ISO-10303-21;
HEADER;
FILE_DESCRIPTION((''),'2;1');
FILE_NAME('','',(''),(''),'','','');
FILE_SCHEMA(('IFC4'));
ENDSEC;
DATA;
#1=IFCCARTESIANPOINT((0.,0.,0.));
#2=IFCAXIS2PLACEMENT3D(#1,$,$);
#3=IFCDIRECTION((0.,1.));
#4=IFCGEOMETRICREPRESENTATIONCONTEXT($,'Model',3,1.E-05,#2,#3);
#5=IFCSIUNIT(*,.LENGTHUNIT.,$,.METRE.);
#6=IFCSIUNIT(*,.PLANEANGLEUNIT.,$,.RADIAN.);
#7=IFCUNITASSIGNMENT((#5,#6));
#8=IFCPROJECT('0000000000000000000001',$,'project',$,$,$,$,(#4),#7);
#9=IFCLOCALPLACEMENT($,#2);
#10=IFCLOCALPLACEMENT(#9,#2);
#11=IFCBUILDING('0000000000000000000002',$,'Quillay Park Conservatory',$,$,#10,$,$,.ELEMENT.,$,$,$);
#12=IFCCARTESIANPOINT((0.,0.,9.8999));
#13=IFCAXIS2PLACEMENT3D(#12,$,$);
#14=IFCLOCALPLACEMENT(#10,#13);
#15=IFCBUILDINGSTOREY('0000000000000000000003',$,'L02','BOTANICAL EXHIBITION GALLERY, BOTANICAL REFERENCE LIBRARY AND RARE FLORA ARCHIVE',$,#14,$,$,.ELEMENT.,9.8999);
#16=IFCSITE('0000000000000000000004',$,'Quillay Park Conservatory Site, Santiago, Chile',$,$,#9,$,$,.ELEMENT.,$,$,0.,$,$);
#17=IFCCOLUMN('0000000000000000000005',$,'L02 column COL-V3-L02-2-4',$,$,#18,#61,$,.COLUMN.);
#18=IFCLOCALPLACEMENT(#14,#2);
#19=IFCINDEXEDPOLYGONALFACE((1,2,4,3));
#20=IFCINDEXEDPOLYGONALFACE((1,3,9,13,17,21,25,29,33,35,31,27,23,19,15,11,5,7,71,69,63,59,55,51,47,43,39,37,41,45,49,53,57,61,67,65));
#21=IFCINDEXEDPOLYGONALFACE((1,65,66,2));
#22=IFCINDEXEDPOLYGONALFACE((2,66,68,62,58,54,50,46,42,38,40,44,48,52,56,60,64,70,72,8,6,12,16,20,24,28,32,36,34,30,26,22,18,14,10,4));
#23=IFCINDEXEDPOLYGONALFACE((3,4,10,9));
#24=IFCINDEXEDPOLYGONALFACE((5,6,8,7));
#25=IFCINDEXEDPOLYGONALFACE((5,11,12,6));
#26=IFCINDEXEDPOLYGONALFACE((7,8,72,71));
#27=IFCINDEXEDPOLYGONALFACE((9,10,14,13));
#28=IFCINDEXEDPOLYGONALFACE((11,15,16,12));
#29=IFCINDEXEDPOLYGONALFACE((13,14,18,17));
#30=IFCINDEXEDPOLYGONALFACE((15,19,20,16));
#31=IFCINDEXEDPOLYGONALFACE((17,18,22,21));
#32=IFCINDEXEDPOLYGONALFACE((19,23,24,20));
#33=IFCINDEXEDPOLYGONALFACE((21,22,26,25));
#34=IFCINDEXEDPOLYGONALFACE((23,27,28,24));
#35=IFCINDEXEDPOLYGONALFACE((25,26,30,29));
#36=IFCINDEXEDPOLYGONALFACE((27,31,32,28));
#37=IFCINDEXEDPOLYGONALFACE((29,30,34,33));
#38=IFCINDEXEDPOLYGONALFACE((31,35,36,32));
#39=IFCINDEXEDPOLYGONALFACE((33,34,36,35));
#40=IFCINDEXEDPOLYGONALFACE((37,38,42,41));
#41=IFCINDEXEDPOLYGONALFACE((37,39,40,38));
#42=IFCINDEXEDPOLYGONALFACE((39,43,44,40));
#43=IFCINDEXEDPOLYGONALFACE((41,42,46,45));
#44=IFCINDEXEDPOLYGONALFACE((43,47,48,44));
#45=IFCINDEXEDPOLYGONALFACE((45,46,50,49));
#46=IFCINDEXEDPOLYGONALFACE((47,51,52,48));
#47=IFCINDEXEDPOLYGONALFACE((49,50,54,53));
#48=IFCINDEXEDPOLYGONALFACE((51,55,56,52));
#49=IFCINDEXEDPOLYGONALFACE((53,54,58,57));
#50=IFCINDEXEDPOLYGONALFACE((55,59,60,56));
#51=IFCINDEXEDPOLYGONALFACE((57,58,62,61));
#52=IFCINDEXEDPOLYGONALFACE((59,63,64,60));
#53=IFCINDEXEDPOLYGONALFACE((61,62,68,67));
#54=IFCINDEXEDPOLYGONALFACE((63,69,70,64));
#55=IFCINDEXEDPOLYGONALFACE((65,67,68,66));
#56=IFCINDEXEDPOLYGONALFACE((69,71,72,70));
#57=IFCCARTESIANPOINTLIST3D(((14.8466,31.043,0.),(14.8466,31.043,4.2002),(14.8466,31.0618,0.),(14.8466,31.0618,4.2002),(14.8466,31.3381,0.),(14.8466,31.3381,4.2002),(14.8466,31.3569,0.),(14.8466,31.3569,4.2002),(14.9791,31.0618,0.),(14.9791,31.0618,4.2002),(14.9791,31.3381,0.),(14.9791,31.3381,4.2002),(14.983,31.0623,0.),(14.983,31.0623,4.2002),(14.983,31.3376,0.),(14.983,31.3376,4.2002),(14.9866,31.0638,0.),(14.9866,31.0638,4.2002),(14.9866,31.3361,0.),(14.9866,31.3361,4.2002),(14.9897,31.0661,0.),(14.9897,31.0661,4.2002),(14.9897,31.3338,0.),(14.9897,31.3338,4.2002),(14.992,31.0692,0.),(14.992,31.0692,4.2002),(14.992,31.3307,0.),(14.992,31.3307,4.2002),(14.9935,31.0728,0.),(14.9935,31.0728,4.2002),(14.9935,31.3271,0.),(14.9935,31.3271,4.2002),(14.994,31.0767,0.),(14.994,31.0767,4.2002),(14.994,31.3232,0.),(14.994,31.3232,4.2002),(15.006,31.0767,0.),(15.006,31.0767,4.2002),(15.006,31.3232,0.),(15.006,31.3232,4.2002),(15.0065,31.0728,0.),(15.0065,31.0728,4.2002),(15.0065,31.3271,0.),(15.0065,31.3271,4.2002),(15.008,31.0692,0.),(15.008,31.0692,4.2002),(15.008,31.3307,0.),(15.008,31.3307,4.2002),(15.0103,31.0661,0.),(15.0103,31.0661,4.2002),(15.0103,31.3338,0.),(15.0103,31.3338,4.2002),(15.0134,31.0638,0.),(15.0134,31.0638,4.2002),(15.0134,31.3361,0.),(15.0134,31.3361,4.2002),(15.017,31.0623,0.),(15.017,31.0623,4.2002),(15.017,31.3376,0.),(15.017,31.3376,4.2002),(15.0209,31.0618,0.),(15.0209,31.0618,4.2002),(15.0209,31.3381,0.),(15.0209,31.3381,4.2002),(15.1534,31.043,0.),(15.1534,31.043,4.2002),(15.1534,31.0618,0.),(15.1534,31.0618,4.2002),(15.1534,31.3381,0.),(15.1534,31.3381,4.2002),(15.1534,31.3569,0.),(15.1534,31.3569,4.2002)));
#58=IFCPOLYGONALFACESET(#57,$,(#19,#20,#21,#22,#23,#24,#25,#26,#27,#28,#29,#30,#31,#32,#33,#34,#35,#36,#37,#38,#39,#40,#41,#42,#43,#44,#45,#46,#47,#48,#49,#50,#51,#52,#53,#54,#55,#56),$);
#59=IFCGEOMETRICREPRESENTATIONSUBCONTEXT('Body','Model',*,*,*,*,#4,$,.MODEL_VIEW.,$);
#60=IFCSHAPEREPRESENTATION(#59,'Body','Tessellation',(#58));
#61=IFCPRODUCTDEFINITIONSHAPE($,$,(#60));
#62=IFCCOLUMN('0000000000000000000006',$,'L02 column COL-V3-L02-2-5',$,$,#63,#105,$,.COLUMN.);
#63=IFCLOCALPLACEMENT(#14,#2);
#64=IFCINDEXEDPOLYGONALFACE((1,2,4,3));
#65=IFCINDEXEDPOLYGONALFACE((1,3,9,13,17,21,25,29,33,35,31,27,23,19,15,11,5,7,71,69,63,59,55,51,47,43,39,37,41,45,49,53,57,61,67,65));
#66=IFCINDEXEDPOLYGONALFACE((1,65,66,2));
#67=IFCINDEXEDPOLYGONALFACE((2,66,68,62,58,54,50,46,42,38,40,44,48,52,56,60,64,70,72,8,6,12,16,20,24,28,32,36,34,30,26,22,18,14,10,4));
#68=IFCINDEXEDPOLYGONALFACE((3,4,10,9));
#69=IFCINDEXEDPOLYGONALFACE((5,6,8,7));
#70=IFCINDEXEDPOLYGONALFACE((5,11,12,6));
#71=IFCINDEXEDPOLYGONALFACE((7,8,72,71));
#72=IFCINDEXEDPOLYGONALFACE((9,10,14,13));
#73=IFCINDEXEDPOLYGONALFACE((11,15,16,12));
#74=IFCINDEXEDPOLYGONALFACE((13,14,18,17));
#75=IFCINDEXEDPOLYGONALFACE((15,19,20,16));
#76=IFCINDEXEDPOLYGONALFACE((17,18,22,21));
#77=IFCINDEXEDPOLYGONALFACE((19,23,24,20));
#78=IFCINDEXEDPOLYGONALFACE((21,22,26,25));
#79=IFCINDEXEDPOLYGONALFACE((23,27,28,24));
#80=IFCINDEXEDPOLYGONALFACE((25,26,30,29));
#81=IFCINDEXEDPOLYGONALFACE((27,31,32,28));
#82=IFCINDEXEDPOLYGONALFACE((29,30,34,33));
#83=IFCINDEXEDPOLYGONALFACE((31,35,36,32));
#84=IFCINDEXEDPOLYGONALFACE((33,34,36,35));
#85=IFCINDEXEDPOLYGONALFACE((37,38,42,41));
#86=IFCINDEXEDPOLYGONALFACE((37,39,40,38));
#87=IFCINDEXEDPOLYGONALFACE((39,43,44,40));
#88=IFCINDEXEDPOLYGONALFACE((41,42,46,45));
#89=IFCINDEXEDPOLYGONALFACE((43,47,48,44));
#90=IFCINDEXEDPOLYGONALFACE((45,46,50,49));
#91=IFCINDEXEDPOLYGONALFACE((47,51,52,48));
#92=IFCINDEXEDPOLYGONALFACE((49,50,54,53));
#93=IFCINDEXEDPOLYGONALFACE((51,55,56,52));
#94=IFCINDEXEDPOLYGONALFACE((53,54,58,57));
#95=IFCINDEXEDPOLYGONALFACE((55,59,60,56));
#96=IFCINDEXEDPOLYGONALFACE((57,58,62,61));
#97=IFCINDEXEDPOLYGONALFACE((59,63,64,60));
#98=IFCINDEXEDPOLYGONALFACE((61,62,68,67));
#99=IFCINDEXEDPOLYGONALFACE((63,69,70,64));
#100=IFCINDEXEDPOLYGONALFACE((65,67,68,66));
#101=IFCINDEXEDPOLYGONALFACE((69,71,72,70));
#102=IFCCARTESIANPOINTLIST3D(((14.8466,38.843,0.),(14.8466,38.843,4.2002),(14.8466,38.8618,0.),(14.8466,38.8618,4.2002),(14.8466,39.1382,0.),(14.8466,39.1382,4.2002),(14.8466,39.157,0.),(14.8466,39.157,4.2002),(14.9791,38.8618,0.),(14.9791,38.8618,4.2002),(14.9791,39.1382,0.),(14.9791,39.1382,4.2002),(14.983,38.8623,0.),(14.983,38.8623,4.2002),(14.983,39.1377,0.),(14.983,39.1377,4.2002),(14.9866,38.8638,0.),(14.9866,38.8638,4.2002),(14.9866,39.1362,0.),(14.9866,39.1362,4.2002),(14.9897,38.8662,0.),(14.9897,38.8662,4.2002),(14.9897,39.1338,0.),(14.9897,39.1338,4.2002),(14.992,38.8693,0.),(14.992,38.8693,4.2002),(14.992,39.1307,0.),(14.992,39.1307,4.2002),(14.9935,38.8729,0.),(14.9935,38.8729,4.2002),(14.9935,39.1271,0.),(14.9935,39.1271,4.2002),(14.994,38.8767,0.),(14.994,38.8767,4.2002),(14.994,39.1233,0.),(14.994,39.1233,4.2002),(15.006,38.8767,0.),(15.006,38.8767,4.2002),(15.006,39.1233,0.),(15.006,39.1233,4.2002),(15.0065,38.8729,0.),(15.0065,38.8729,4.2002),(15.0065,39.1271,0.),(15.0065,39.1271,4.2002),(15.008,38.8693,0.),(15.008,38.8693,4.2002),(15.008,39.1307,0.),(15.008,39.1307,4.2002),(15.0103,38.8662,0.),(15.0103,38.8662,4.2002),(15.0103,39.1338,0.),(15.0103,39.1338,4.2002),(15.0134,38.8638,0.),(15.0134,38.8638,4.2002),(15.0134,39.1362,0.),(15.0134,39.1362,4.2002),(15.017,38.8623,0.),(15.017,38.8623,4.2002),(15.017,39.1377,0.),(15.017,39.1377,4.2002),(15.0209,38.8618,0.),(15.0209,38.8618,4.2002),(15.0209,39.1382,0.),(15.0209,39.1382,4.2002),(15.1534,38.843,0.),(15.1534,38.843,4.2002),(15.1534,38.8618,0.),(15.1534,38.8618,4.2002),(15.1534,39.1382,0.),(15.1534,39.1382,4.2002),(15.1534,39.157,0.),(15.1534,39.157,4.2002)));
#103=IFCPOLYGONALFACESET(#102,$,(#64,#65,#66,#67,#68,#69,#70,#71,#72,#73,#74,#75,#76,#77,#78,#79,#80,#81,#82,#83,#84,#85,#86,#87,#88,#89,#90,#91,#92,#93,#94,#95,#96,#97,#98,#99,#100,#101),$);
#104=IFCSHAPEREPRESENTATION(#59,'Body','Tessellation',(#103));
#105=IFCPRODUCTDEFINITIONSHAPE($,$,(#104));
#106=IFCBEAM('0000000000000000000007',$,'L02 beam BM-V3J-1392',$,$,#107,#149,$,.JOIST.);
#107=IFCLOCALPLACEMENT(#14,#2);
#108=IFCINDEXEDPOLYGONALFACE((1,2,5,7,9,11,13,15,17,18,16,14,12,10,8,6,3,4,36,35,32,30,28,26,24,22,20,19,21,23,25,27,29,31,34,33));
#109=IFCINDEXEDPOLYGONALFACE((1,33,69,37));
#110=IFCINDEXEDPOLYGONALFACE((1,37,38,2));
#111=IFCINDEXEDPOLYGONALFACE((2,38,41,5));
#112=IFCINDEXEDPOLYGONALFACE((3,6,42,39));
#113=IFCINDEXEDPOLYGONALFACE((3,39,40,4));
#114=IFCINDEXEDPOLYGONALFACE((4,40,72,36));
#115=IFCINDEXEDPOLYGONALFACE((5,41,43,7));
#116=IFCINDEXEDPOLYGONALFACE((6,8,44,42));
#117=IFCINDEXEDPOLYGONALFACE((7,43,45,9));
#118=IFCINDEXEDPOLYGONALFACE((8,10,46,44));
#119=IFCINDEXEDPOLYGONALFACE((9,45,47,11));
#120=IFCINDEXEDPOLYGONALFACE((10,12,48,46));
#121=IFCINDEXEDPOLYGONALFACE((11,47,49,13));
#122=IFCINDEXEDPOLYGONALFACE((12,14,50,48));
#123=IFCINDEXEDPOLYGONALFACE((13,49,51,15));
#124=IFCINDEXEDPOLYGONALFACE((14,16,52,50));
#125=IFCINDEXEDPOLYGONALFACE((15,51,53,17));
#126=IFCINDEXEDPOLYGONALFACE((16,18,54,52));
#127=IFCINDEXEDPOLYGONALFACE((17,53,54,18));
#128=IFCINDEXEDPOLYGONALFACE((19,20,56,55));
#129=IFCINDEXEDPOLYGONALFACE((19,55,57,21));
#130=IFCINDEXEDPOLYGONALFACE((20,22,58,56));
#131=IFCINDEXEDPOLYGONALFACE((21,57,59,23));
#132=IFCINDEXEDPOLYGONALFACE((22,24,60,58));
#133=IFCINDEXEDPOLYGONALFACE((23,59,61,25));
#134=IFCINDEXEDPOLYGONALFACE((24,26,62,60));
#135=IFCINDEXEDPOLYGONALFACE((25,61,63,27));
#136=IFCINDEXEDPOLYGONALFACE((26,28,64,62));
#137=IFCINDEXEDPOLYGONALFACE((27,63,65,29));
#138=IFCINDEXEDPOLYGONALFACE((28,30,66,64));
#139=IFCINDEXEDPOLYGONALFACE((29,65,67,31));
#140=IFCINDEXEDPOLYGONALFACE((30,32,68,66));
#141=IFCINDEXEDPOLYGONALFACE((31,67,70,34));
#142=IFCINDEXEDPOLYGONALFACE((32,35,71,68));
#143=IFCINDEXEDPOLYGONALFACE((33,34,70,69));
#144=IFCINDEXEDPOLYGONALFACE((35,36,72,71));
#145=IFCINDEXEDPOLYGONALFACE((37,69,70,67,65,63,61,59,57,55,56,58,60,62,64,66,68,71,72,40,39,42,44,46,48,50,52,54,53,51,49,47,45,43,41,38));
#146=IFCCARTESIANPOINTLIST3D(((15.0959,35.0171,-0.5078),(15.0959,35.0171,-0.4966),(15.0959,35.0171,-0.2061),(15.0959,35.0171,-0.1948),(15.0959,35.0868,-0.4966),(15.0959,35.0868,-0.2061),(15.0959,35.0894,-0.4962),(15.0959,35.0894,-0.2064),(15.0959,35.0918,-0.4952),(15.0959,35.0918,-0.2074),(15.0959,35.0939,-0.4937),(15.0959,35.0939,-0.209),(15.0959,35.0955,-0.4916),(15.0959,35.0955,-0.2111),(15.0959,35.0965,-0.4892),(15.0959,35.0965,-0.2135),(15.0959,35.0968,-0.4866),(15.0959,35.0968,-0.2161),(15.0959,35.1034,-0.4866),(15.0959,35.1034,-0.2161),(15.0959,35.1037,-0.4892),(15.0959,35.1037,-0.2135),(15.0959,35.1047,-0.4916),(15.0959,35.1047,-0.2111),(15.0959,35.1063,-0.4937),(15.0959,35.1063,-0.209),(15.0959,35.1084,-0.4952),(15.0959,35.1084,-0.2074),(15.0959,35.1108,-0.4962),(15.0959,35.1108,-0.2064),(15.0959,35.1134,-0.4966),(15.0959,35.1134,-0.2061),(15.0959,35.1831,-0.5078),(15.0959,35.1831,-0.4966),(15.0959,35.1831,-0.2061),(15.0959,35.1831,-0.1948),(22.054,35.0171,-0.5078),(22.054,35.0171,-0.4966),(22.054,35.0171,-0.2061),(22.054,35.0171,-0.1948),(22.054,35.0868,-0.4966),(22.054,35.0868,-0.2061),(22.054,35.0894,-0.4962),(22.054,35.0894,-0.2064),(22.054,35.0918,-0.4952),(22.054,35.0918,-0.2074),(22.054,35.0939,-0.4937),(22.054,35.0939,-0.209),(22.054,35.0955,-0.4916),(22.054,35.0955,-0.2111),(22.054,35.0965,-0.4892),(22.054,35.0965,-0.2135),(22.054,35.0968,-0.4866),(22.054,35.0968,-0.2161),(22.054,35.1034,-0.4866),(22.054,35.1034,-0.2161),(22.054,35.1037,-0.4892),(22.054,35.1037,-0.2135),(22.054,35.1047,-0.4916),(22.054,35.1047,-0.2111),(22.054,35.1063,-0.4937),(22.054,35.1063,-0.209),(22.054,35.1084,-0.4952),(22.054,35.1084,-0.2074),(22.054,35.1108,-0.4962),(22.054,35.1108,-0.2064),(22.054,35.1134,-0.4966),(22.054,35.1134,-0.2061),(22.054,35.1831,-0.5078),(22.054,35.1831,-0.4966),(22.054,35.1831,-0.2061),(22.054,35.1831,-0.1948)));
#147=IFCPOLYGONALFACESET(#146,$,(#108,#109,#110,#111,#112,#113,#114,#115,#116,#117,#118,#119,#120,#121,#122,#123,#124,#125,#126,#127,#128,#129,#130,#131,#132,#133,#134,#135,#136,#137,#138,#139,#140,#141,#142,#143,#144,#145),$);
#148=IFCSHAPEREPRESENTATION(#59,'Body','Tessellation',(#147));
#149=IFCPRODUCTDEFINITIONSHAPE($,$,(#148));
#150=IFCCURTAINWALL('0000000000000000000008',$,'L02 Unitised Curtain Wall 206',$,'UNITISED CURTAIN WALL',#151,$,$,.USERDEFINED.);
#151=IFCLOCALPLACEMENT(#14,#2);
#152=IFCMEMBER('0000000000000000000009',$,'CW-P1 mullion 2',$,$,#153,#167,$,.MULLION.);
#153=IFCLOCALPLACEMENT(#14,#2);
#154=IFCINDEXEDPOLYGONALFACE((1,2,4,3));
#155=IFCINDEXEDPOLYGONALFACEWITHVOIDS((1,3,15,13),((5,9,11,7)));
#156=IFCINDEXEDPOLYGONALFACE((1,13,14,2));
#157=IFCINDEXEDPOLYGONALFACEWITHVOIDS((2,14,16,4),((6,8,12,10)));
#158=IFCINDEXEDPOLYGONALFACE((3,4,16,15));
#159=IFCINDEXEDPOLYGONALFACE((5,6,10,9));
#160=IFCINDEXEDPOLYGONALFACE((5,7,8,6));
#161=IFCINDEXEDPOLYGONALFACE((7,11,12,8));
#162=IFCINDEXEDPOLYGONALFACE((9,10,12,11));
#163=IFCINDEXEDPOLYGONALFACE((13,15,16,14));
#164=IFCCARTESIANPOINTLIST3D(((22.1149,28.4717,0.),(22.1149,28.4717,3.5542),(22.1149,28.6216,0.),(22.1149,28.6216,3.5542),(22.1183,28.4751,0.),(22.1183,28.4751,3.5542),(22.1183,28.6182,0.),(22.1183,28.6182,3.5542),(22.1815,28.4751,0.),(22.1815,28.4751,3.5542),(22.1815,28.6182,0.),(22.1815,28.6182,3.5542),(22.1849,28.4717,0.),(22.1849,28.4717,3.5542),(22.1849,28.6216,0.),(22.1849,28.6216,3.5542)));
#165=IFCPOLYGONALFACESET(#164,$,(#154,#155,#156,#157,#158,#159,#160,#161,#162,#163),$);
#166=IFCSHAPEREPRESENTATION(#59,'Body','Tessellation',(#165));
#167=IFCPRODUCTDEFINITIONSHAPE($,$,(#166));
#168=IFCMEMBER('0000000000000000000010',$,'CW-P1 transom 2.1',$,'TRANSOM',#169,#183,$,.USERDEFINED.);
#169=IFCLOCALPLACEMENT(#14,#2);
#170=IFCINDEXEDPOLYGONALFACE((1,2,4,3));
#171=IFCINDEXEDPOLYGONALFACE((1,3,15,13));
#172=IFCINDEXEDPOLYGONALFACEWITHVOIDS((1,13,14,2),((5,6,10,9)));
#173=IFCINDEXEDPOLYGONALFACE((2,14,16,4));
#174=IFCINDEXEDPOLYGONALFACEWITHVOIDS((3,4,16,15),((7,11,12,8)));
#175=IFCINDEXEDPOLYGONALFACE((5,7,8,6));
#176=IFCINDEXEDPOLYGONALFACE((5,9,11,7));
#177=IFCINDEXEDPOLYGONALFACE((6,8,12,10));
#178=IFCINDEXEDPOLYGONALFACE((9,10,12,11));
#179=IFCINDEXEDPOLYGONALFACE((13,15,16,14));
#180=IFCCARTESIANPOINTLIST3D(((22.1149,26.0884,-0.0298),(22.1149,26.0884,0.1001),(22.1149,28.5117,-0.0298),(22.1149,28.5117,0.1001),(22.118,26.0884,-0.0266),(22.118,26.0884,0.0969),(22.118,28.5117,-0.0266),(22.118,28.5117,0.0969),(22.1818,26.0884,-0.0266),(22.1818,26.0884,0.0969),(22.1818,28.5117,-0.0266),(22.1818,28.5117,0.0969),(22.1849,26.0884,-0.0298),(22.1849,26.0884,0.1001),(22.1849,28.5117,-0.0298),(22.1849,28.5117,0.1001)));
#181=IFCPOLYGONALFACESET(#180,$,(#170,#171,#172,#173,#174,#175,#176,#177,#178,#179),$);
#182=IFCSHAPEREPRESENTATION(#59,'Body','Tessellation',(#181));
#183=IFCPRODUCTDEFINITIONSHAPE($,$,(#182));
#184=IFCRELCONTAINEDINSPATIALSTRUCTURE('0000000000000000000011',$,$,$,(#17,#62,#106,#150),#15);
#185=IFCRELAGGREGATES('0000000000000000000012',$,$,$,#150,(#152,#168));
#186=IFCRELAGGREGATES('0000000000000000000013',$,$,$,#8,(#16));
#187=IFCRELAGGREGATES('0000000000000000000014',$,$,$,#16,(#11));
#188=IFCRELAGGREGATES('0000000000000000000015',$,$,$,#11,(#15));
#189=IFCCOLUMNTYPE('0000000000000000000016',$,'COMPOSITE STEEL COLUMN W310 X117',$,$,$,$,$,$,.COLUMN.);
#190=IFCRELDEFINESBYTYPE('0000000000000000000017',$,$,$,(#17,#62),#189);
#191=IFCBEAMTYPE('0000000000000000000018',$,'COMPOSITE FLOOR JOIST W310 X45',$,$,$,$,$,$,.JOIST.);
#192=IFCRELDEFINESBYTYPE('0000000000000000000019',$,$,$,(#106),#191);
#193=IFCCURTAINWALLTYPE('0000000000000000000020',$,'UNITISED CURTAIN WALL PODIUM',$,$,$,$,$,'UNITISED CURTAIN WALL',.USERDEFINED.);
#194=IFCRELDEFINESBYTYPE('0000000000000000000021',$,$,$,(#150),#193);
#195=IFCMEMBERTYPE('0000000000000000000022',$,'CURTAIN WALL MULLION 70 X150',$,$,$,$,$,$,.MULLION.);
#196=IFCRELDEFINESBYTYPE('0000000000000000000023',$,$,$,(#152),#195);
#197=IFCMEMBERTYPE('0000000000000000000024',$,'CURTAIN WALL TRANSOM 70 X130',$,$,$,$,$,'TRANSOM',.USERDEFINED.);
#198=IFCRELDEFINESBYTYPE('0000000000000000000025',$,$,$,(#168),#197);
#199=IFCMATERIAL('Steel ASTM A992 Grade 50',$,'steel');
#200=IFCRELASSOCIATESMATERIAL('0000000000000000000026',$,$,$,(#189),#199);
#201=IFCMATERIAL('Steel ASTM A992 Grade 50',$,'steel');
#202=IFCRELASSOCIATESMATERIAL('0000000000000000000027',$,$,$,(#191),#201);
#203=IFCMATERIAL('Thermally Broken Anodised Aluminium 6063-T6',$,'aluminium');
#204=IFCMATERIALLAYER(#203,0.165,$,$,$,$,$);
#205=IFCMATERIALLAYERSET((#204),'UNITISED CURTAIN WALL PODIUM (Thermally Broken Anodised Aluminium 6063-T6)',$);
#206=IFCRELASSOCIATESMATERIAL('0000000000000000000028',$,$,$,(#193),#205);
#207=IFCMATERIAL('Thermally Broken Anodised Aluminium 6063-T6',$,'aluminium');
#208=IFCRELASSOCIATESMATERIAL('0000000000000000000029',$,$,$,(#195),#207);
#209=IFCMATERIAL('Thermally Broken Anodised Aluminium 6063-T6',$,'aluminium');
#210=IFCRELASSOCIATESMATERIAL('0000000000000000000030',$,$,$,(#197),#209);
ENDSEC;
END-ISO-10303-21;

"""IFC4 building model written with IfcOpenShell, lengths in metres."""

from ifc_helpers import new_model, si_unit, direction, frame, origin, origin_2d, place, context, subcontext, project, spatial, hollow_rectangle, i_section, extrude, material, layer, layer_set, material_profile, profile_set, type_object, element, aggregate, save


model = new_model("IFC4")

# Units and contexts
model_context = context("Model", 3, precision=1e-05, world=origin(), true_north=direction((0.0, 1.0)))
body_context = subcontext(model_context, "Body", "Model", "MODEL_VIEW")
ifc_project = project(units=[si_unit("LENGTHUNIT", "METRE"), si_unit("PLANEANGLEUNIT", "RADIAN")], contexts=[model_context])

# Site, building, storey
site_placement = place(None, origin())
site = spatial("IfcSite", under=ifc_project, at=site_placement, Name="Quillay Park Conservatory Site, Santiago, Chile", CompositionType="ELEMENT", RefElevation=0.0)
building_placement = place(site_placement, origin())
building = spatial("IfcBuilding", under=site, at=building_placement, Name="Quillay Park Conservatory", CompositionType="ELEMENT")
storey_placement = place(building_placement, frame((0.0, 0.0, 9.8999)))
storey = spatial("IfcBuildingStorey", under=building, at=storey_placement, Name="L02", Description="BOTANICAL EXHIBITION GALLERY, BOTANICAL REFERENCE LIBRARY AND RARE FLORA ARCHIVE", CompositionType="ELEMENT", Elevation=9.8999)

# Columns
ifc_material_1 = material(Name="Steel ASTM A992 Grade 50", Category="steel")
ifc_material_profile_1 = material_profile(ifc_material_1, i_section(OverallWidth=0.3069, OverallDepth=0.314, WebThickness=0.012, FlangeThickness=0.0188, FilletRadius=0.0149, at=origin_2d()), Name="W310x117")
ifc_profile_set_1 = profile_set([ifc_material_profile_1], Name="Steel ASTM A992 Grade 50")
column_type = type_object("IfcColumnType", Name="COMPOSITE STEEL COLUMN W310 X117", PredefinedType="COLUMN", material=ifc_profile_set_1)
for number, where, z_axis, x_axis, name in (
    (1, (15.0, 31.2, 0.0), (0.0, 0.0, 1.0), (1.0, 0.0, 0.0), "L02 column COL-V3-L02-2-4"),
    (2, (15.0, 39.0, 0.0), (0.0, 0.0, 1.0), (1.0, 0.0, 0.0), "L02 column COL-V3-L02-2-5"),
):
    element("IfcColumn", number, at=place(storey_placement, frame(where, z_axis=z_axis, x_axis=x_axis)), inside=storey, type_object=column_type, Name=name, PredefinedType="COLUMN", context=body_context, shape_type="SweptSolid", body=[
        extrude(i_section(OverallWidth=0.3069, OverallDepth=0.314, WebThickness=0.012, FlangeThickness=0.0188, FilletRadius=0.0149, at=origin_2d()), origin(), (0.0, 0.0, 1.0), 4.2002),
    ])

# Beam
ifc_material_2 = material(Name="Steel ASTM A992 Grade 50", Category="steel")
ifc_material_profile_2 = material_profile(ifc_material_2, i_section(OverallWidth=0.166, OverallDepth=0.313, WebThickness=0.0066, FlangeThickness=0.0112, FilletRadius=0.01, at=origin_2d()), Name="W310x45")
ifc_profile_set_2 = profile_set([ifc_material_profile_2], Name="Steel ASTM A992 Grade 50")
beam_type_1 = type_object("IfcBeamType", Name="COMPOSITE FLOOR JOIST W310 X45", PredefinedType="JOIST", material=ifc_profile_set_2)
beam_1_placement = place(storey_placement, frame((15.0959, 35.1001, -0.3513), z_axis=(1.0, 0.0, 0.0), x_axis=(0.0, 1.0, 0.0)))
element("IfcBeam", 3, at=beam_1_placement, inside=storey, type_object=beam_type_1, Name="L02 beam BM-V3J-1392", PredefinedType="JOIST", context=body_context, shape_type="SweptSolid", body=[
    extrude(i_section(OverallWidth=0.166, OverallDepth=0.313, WebThickness=0.0066, FlangeThickness=0.0112, FilletRadius=0.01, at=origin_2d()), origin(), (0.0, 0.0, 1.0), 6.958),
])

# Curtain wall, members
ifc_material_3 = material(Name="Thermally Broken Anodised Aluminium 6063-T6", Category="aluminium")
ifc_layer_1 = layer(ifc_material_3, 0.165)
ifc_layer_set_1 = layer_set([ifc_layer_1], Name="UNITISED CURTAIN WALL PODIUM (Thermally Broken Anodised Aluminium 6063-T6)")
curtain_wall_type = type_object("IfcCurtainWallType", Name="UNITISED CURTAIN WALL PODIUM", ElementType="UNITISED CURTAIN WALL", PredefinedType="USERDEFINED", material=ifc_layer_set_1)
curtain_wall_placement = place(storey_placement, origin())
curtain_wall = element("IfcCurtainWall", 4, at=curtain_wall_placement, inside=storey, type_object=curtain_wall_type, Name="L02 Unitised Curtain Wall 206", ObjectType="UNITISED CURTAIN WALL", PredefinedType="USERDEFINED")
ifc_material_4 = material(Name="Thermally Broken Anodised Aluminium 6063-T6", Category="aluminium")
ifc_material_profile_3 = material_profile(ifc_material_4, hollow_rectangle(XDim=0.0701, YDim=0.1499, WallThickness=0.0034, at=origin_2d()), Name="AL70x150x3.5")
ifc_profile_set_3 = profile_set([ifc_material_profile_3], Name="Thermally Broken Anodised Aluminium 6063-T6")
member_type_1 = type_object("IfcMemberType", Name="CURTAIN WALL MULLION 70 X150", PredefinedType="MULLION", material=ifc_profile_set_3)
member_1_placement = place(storey_placement, frame((22.1499, 28.5466, 0.0), z_axis=(0.0, 0.0, 1.0), x_axis=(1.0, 0.0, 0.0)))
member_1 = element("IfcMember", 5, at=member_1_placement, type_object=member_type_1, Name="CW-P1 mullion 2", PredefinedType="MULLION", context=body_context, shape_type="SweptSolid", body=[
    extrude(hollow_rectangle(XDim=0.0701, YDim=0.1499, WallThickness=0.0034, at=origin_2d()), origin(), (0.0, 0.0, 1.0), 3.5542),
])
ifc_material_5 = material(Name="Thermally Broken Anodised Aluminium 6063-T6", Category="aluminium")
ifc_material_profile_4 = material_profile(ifc_material_5, hollow_rectangle(XDim=0.0701, YDim=0.1299, WallThickness=0.0032, at=origin_2d()), Name="AL70x130x3.2")
ifc_profile_set_4 = profile_set([ifc_material_profile_4], Name="Thermally Broken Anodised Aluminium 6063-T6")
member_type_2 = type_object("IfcMemberType", Name="CURTAIN WALL TRANSOM 70 X130", ElementType="TRANSOM", PredefinedType="USERDEFINED", material=ifc_profile_set_4)
member_2_placement = place(storey_placement, frame((22.1499, 28.5117, 0.0352), z_axis=(0.0, -1.0, 0.0), x_axis=(1.0, 0.0, 0.0)))
member_2 = element("IfcMember", 6, at=member_2_placement, type_object=member_type_2, Name="CW-P1 transom 2.1", ObjectType="TRANSOM", PredefinedType="USERDEFINED", context=body_context, shape_type="SweptSolid", body=[
    extrude(hollow_rectangle(XDim=0.0701, YDim=0.1299, WallThickness=0.0032, at=origin_2d()), origin(), (0.0, 0.0, 1.0), 2.4233),
])
aggregate(curtain_wall, [member_1, member_2])

save(model, "model.ifc")
